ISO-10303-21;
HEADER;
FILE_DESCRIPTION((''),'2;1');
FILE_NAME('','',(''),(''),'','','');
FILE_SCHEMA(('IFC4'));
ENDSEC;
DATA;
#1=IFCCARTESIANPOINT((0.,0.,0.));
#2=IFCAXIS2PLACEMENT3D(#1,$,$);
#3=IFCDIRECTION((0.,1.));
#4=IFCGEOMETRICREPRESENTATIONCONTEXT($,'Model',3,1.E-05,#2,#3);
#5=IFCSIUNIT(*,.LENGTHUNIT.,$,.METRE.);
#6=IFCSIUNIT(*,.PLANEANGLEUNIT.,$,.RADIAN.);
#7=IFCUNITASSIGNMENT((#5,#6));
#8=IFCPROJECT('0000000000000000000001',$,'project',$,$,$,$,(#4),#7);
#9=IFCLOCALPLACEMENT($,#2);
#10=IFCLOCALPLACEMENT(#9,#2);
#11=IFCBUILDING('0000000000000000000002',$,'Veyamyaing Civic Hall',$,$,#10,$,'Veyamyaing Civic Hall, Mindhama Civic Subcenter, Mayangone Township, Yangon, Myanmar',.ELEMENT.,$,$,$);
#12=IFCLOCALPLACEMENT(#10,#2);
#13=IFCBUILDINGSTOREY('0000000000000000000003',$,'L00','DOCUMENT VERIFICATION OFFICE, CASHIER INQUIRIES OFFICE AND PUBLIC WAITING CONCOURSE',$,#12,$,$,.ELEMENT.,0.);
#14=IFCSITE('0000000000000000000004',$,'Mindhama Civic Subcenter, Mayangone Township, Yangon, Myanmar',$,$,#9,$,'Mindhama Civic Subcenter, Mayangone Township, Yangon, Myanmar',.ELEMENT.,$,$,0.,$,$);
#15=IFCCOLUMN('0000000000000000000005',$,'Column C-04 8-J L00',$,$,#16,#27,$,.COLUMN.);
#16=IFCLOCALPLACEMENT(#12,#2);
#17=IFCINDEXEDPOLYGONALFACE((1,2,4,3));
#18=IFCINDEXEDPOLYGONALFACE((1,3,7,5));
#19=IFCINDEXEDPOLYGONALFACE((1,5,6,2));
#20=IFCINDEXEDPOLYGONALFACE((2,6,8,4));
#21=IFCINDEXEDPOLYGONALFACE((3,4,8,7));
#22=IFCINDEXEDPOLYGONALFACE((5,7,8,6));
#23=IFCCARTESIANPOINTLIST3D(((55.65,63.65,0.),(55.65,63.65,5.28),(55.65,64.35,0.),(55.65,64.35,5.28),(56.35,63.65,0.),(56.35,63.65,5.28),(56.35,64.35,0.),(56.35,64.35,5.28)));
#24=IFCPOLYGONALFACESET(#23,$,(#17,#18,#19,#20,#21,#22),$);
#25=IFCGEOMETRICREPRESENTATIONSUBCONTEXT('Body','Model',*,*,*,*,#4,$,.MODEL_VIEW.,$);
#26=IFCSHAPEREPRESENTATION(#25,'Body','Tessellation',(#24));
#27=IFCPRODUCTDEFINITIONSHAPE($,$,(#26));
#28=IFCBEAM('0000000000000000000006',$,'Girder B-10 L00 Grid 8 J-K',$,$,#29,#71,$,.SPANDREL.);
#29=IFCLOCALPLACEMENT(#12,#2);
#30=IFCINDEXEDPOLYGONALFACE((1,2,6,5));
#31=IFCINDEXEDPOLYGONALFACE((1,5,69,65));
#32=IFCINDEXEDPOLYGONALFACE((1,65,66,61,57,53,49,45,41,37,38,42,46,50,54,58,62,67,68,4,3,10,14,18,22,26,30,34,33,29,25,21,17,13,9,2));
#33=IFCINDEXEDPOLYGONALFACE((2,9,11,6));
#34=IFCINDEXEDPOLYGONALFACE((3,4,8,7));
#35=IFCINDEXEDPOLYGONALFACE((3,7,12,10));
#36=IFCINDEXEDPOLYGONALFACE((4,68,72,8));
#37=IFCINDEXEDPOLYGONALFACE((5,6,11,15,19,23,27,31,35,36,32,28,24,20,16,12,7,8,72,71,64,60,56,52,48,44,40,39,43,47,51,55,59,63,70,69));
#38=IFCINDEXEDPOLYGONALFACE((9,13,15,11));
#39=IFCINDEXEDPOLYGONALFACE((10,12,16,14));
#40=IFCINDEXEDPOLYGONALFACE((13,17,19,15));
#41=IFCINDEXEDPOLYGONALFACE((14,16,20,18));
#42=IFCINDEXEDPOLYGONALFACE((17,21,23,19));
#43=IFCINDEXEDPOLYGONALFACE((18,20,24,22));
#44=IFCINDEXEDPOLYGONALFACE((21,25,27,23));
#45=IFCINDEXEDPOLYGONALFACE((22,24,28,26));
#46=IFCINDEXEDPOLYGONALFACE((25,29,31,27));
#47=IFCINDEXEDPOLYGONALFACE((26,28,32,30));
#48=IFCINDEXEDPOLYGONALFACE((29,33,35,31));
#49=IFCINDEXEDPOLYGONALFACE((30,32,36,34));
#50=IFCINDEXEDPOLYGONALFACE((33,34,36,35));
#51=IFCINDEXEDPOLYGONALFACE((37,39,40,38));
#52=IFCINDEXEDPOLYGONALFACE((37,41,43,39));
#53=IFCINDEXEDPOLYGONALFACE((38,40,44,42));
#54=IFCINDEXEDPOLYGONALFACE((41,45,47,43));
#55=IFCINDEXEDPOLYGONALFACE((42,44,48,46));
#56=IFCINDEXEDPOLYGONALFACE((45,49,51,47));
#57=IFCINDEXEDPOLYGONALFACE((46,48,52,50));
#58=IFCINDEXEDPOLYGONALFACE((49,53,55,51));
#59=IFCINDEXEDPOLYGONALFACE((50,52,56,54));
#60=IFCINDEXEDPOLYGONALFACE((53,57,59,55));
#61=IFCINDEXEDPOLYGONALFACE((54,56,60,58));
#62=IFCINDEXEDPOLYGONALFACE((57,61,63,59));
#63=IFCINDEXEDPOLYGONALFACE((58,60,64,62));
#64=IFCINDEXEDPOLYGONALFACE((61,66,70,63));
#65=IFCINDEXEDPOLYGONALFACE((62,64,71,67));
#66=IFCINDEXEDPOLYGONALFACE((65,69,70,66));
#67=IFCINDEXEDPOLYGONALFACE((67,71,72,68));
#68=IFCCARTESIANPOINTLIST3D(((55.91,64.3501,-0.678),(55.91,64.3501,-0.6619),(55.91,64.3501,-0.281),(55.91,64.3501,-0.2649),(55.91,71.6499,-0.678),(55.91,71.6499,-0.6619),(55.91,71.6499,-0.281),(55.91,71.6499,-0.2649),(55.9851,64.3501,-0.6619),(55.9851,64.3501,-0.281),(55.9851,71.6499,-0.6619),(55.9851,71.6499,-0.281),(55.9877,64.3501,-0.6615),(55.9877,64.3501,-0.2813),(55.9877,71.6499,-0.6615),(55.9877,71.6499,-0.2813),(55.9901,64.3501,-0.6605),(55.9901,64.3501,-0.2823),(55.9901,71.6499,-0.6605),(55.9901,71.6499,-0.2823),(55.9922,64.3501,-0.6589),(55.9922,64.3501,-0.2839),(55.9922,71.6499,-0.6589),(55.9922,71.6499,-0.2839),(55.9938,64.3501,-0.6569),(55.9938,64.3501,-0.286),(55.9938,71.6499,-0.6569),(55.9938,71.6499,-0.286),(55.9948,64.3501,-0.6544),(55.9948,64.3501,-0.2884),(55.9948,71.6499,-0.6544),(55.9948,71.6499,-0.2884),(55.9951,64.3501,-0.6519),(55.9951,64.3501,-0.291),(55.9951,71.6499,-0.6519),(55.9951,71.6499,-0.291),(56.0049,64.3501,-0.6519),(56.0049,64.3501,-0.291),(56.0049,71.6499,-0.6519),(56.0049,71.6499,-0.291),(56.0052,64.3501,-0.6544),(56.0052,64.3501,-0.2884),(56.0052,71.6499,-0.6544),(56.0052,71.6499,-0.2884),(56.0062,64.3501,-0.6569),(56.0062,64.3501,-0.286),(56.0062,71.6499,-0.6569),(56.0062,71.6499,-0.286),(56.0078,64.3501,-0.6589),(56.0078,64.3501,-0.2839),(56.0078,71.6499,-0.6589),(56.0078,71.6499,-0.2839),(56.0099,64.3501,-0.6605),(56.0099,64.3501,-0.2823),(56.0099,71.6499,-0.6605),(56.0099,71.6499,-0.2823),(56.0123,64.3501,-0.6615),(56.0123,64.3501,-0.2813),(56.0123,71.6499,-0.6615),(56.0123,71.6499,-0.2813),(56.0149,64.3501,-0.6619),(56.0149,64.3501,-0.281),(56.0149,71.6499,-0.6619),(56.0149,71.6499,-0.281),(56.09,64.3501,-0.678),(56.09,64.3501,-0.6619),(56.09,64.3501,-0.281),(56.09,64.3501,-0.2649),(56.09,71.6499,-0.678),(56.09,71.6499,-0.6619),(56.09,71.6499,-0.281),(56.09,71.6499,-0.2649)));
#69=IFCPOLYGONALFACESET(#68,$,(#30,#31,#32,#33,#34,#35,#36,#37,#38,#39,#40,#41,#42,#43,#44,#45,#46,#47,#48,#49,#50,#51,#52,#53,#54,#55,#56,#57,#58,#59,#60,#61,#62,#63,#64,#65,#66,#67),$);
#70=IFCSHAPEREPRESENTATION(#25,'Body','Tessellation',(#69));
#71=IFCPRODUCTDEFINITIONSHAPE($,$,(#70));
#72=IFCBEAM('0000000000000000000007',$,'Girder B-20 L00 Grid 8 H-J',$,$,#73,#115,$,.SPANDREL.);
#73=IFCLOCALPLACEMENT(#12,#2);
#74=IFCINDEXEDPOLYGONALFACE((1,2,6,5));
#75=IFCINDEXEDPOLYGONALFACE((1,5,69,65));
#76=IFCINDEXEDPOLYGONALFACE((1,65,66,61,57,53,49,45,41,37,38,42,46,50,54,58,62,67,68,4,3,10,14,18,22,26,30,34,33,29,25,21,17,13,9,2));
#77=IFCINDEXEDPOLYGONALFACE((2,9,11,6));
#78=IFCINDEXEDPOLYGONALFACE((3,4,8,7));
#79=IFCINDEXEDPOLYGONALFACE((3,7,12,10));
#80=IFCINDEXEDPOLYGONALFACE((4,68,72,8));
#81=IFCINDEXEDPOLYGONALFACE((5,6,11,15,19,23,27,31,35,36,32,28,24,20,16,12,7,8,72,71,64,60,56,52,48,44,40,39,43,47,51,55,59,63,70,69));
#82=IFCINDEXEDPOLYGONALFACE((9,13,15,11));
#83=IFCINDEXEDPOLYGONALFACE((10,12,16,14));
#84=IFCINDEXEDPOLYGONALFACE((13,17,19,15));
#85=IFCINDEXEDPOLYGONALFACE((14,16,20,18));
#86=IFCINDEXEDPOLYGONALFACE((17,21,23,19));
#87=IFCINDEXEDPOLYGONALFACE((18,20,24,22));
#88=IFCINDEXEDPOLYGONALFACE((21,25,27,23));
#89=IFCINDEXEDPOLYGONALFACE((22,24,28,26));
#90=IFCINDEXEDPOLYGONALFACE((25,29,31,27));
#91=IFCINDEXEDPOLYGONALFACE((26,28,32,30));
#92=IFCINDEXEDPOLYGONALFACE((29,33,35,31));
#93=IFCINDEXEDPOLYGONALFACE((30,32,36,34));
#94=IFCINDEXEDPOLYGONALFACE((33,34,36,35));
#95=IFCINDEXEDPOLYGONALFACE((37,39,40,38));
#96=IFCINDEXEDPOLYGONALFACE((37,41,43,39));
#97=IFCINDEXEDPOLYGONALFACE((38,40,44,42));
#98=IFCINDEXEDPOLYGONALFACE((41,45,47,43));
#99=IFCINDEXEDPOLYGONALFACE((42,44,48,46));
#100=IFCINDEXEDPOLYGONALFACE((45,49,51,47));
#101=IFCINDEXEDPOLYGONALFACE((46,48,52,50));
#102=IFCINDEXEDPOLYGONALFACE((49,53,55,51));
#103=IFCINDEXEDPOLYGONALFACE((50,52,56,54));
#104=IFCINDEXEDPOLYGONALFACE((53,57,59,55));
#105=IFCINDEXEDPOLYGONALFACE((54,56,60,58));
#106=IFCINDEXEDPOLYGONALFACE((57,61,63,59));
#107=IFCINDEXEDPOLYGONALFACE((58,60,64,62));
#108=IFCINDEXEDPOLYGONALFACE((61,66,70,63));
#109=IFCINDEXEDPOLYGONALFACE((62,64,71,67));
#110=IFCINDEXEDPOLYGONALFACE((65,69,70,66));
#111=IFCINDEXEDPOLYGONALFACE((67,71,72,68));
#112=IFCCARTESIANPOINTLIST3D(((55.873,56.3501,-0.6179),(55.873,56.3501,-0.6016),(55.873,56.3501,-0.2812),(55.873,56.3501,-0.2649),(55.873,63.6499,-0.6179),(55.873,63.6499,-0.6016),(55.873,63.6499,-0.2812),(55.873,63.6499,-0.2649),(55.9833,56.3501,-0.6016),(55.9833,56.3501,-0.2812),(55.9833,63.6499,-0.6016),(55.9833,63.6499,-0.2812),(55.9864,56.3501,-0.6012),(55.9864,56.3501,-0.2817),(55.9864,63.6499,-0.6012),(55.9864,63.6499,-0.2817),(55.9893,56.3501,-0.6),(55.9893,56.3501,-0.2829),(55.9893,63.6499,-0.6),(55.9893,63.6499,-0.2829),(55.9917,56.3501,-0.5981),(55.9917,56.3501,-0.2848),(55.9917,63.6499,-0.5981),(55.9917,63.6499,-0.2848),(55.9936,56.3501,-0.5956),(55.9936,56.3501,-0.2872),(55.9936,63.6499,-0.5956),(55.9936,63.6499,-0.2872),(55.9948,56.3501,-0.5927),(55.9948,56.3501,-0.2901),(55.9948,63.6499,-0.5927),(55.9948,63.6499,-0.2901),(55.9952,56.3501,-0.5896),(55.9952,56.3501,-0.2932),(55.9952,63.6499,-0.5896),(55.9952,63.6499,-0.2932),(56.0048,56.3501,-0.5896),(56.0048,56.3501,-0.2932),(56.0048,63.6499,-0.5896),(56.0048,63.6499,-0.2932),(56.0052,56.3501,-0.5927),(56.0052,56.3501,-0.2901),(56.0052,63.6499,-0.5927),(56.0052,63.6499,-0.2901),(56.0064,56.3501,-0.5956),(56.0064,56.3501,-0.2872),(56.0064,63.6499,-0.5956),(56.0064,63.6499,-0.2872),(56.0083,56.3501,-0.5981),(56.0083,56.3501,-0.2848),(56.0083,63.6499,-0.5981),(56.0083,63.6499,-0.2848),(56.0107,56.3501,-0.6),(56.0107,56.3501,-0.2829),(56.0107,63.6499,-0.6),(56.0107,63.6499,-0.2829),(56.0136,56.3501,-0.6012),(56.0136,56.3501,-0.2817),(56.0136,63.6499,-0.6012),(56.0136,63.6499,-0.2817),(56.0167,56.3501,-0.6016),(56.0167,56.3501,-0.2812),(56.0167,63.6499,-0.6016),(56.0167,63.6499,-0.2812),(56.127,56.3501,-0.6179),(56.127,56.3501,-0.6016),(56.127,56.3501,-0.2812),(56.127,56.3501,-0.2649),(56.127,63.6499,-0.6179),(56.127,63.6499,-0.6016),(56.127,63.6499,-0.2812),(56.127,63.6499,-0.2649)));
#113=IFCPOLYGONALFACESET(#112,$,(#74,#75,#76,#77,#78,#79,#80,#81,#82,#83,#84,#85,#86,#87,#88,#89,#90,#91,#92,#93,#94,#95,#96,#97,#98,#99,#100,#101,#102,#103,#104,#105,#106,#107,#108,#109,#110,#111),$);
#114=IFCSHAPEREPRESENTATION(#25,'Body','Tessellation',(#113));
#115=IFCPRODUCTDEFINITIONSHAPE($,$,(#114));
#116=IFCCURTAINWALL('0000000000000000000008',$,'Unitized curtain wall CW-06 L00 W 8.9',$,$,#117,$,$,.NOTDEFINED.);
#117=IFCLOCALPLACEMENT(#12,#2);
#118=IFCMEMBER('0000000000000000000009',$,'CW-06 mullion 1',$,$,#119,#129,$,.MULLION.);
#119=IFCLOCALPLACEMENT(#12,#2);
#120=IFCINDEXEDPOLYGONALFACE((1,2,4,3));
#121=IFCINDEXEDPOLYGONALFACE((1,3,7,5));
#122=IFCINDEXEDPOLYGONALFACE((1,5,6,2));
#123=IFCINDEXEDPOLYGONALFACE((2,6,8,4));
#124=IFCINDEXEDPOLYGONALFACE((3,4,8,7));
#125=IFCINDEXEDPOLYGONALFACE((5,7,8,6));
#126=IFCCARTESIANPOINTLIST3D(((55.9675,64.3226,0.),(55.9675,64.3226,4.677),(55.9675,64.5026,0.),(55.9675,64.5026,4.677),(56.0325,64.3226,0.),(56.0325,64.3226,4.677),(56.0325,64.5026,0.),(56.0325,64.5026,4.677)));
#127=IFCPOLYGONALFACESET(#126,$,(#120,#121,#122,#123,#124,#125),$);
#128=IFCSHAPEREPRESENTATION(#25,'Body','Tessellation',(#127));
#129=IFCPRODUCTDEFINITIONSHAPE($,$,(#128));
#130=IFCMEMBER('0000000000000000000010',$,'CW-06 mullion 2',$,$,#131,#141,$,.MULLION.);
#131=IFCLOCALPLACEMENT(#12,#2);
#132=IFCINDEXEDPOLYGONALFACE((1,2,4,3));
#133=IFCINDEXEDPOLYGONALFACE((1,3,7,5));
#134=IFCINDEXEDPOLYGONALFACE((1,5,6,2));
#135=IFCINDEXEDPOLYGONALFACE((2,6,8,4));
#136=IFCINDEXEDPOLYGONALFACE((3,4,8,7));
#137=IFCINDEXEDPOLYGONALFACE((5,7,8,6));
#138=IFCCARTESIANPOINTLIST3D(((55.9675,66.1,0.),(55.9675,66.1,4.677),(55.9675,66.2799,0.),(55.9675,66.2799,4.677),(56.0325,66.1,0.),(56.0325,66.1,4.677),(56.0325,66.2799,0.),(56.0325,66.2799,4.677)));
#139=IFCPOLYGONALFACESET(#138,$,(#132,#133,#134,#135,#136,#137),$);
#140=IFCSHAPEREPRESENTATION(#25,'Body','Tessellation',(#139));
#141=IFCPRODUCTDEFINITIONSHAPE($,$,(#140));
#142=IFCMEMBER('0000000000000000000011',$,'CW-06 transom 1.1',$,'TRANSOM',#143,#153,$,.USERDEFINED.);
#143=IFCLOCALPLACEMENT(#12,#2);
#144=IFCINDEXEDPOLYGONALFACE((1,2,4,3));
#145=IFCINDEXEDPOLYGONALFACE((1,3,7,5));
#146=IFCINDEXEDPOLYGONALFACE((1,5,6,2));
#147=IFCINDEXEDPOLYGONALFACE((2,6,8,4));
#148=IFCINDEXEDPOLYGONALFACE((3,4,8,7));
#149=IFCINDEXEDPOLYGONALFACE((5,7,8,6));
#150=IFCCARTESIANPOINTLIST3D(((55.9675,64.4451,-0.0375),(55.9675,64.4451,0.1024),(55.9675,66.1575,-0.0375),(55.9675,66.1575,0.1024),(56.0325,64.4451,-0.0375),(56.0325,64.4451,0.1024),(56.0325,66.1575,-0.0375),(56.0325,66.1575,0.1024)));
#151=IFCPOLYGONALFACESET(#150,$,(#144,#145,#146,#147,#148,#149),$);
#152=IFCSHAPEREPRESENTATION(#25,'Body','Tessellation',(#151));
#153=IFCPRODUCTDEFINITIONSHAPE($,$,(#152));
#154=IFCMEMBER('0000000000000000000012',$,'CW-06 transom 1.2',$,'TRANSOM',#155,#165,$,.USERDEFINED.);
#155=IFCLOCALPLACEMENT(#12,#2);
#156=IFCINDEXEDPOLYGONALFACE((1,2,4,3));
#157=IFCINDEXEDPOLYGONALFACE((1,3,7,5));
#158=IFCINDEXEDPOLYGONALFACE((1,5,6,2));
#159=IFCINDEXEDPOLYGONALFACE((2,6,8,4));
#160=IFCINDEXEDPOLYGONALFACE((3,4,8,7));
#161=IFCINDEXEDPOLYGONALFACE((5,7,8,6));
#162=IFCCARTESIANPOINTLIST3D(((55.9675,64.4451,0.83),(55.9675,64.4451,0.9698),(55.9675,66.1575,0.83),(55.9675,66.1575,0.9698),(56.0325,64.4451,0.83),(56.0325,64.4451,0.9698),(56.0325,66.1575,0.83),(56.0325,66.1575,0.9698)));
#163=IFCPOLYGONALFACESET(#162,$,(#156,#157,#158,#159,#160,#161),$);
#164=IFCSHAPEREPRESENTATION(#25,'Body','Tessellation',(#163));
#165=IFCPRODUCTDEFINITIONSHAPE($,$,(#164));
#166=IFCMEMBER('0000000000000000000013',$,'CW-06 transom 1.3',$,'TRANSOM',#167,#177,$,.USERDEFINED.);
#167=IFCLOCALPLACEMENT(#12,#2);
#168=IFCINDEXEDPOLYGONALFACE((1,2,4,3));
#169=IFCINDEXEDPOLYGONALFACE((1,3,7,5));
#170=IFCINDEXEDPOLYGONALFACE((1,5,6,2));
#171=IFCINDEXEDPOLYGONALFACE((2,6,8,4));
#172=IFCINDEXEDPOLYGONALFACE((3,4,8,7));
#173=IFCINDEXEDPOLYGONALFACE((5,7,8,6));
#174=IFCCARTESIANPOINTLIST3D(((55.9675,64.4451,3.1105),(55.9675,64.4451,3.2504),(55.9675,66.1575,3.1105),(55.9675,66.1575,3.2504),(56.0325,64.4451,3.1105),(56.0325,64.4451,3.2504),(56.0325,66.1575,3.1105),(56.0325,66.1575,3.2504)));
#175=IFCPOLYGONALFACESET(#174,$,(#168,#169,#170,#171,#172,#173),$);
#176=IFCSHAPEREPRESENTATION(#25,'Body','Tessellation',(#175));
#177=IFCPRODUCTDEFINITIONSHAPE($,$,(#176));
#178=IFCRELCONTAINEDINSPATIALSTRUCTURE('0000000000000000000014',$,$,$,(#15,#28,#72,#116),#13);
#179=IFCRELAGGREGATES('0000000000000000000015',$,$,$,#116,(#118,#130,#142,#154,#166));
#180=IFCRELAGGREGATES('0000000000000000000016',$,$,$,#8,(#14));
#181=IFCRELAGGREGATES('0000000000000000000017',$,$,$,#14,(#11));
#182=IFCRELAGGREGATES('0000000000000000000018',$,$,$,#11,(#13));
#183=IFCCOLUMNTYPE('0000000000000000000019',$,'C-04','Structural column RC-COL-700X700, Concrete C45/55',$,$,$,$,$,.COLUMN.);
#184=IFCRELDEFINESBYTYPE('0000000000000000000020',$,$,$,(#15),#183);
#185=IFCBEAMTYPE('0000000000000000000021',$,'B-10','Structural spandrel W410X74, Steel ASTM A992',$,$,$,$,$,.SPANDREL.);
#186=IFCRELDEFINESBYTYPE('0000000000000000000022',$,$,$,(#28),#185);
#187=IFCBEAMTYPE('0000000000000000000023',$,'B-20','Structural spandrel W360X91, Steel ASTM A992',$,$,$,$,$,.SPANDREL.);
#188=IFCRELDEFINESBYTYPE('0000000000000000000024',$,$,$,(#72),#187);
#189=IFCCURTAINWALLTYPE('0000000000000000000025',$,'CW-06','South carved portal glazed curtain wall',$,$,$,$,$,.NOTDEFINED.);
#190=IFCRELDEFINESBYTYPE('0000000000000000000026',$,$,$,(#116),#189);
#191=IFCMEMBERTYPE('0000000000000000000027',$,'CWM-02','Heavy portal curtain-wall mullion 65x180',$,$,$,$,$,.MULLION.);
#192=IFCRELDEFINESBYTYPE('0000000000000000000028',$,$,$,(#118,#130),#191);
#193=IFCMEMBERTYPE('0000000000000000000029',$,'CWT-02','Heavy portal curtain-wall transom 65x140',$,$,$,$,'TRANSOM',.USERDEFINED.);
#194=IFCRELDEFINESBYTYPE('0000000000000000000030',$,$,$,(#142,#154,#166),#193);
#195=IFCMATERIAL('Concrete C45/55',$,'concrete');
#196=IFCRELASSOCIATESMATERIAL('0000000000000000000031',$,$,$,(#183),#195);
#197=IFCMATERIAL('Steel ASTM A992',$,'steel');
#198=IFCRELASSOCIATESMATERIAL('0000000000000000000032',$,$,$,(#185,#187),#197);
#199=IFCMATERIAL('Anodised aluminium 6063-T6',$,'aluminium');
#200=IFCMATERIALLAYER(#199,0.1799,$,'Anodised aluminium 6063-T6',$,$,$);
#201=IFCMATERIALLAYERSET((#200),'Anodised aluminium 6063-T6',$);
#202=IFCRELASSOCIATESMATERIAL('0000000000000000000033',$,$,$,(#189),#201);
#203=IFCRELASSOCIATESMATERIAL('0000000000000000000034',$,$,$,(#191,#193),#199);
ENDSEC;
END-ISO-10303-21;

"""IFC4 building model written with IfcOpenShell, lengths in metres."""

from ifc_helpers import new_model, si_unit, direction, frame, origin, origin_2d, place, context, subcontext, project, spatial, rectangle, i_section, extrude, material, layer, layer_set, material_profile, profile_set, type_object, element, aggregate, save


model = new_model("IFC4")

# Units and contexts
model_context = context("Model", 3, precision=1e-05, world=origin(), true_north=direction((0.0, 1.0)))
body_context = subcontext(model_context, "Body", "Model", "MODEL_VIEW")
ifc_project = project(units=[si_unit("LENGTHUNIT", "METRE"), si_unit("PLANEANGLEUNIT", "RADIAN")], contexts=[model_context])

# Site, building, storey
site_placement = place(None, origin())
site = spatial("IfcSite", under=ifc_project, at=site_placement, Name="Mindhama Civic Subcenter, Mayangone Township, Yangon, Myanmar", LongName="Mindhama Civic Subcenter, Mayangone Township, Yangon, Myanmar", CompositionType="ELEMENT", RefElevation=0.0)
building_placement = place(site_placement, origin())
building = spatial("IfcBuilding", under=site, at=building_placement, Name="Veyamyaing Civic Hall", LongName="Veyamyaing Civic Hall, Mindhama Civic Subcenter, Mayangone Township, Yangon, Myanmar", CompositionType="ELEMENT")
storey_placement = place(building_placement, origin())
storey = spatial("IfcBuildingStorey", under=building, at=storey_placement, Name="L00", Description="DOCUMENT VERIFICATION OFFICE, CASHIER INQUIRIES OFFICE AND PUBLIC WAITING CONCOURSE", CompositionType="ELEMENT", Elevation=0.0)

# Column
ifc_material_1 = material(Name="Concrete C45/55", Category="concrete")
ifc_material_profile_1 = material_profile(ifc_material_1, rectangle(XDim=0.7, YDim=0.7, at=origin_2d()), Name="RC-COL-700X700")
ifc_profile_set_1 = profile_set([ifc_material_profile_1], Name="Concrete C45/55")
column_type = type_object("IfcColumnType", Name="C-04", Description="Structural column RC-COL-700X700, Concrete C45/55", PredefinedType="COLUMN", material=ifc_profile_set_1)
column_placement = place(storey_placement, frame((56.0, 64.0, 0.0), z_axis=(0.0, 0.0, 1.0), x_axis=(1.0, 0.0, 0.0)))
element("IfcColumn", 1, at=column_placement, inside=storey, type_object=column_type, Name="Column C-04 8-J L00", PredefinedType="COLUMN", context=body_context, shape_type="SweptSolid", body=[
    extrude(rectangle(XDim=0.7, YDim=0.7, at=origin_2d()), origin(), (0.0, 0.0, 1.0), 5.28),
])

# Beams
ifc_material_2 = material(Name="Steel ASTM A992", Category="steel")
ifc_material_profile_2 = material_profile(ifc_material_2, i_section(OverallWidth=0.1799, OverallDepth=0.4131, WebThickness=0.0098, FlangeThickness=0.0161, FilletRadius=0.01, at=origin_2d()), Name="W410X74")
ifc_profile_set_2 = profile_set([ifc_material_profile_2], Name="Steel ASTM A992")
beam_type_1 = type_object("IfcBeamType", Name="B-10", Description="Structural spandrel W410X74, Steel ASTM A992", PredefinedType="SPANDREL", material=ifc_profile_set_2)
beam_1_placement = place(storey_placement, frame((56.0, 64.3501, -0.4714), z_axis=(0.0, 1.0, 0.0), x_axis=(-1.0, 0.0, 0.0)))
element("IfcBeam", 2, at=beam_1_placement, inside=storey, type_object=beam_type_1, Name="Girder B-10 L00 Grid 8 J-K", PredefinedType="SPANDREL", context=body_context, shape_type="SweptSolid", body=[
    extrude(i_section(OverallWidth=0.1799, OverallDepth=0.4131, WebThickness=0.0098, FlangeThickness=0.0161, FilletRadius=0.01, at=origin_2d()), origin(), (0.0, 0.0, 1.0), 7.2998),
])
ifc_material_profile_3 = material_profile(ifc_material_2, i_section(OverallWidth=0.2539, OverallDepth=0.353, WebThickness=0.0095, FlangeThickness=0.0164, FilletRadius=0.012, at=origin_2d()), Name="W360X91")
ifc_profile_set_3 = profile_set([ifc_material_profile_3], Name="Steel ASTM A992")
beam_type_2 = type_object("IfcBeamType", Name="B-20", Description="Structural spandrel W360X91, Steel ASTM A992", PredefinedType="SPANDREL", material=ifc_profile_set_3)
beam_2_placement = place(storey_placement, frame((56.0, 56.3501, -0.4414), z_axis=(0.0, 1.0, 0.0), x_axis=(-1.0, 0.0, 0.0)))
element("IfcBeam", 3, at=beam_2_placement, inside=storey, type_object=beam_type_2, Name="Girder B-20 L00 Grid 8 H-J", PredefinedType="SPANDREL", context=body_context, shape_type="SweptSolid", body=[
    extrude(i_section(OverallWidth=0.2539, OverallDepth=0.353, WebThickness=0.0095, FlangeThickness=0.0164, FilletRadius=0.012, at=origin_2d()), origin(), (0.0, 0.0, 1.0), 7.2998),
])

# Curtain wall, members
ifc_material_3 = material(Name="Anodised aluminium 6063-T6", Category="aluminium")
ifc_layer_1 = layer(ifc_material_3, 0.1799, Name="Anodised aluminium 6063-T6")
ifc_layer_set_1 = layer_set([ifc_layer_1], Name="Anodised aluminium 6063-T6")
curtain_wall_type = type_object("IfcCurtainWallType", Name="CW-06", Description="South carved portal glazed curtain wall", PredefinedType="NOTDEFINED", material=ifc_layer_set_1)
curtain_wall_placement = place(storey_placement, origin())
curtain_wall = element("IfcCurtainWall", 4, at=curtain_wall_placement, inside=storey, type_object=curtain_wall_type, Name="Unitized curtain wall CW-06 L00 W 8.9", PredefinedType="NOTDEFINED")
ifc_material_profile_4 = material_profile(ifc_material_3, rectangle(XDim=0.0649, YDim=0.1799, at=origin_2d()), Name="ALU-MUL-65X180")
ifc_profile_set_4 = profile_set([ifc_material_profile_4], Name="Anodised aluminium 6063-T6")
member_type_1 = type_object("IfcMemberType", Name="CWM-02", Description="Heavy portal curtain-wall mullion 65x180", PredefinedType="MULLION", material=ifc_profile_set_4)
member_1_placement = place(storey_placement, frame((56.0, 64.4126, 0.0), z_axis=(0.0, 0.0, 1.0), x_axis=(-1.0, 0.0, 0.0)))
member_1 = element("IfcMember", 5, at=member_1_placement, type_object=member_type_1, Name="CW-06 mullion 1", PredefinedType="MULLION", context=body_context, shape_type="SweptSolid", body=[
    extrude(rectangle(XDim=0.0649, YDim=0.1799, at=origin_2d()), origin(), (0.0, 0.0, 1.0), 4.677),
])
member_2_placement = place(storey_placement, frame((56.0, 66.1899, 0.0), z_axis=(0.0, 0.0, 1.0), x_axis=(-1.0, 0.0, 0.0)))
member_2 = element("IfcMember", 6, at=member_2_placement, type_object=member_type_1, Name="CW-06 mullion 2", PredefinedType="MULLION", context=body_context, shape_type="SweptSolid", body=[
    extrude(rectangle(XDim=0.0649, YDim=0.1799, at=origin_2d()), origin(), (0.0, 0.0, 1.0), 4.677),
])
ifc_material_profile_5 = material_profile(ifc_material_3, rectangle(XDim=0.0649, YDim=0.1399, at=origin_2d()), Name="ALU-TRN-65X140")
ifc_profile_set_5 = profile_set([ifc_material_profile_5], Name="Anodised aluminium 6063-T6")
member_type_2 = type_object("IfcMemberType", Name="CWT-02", Description="Heavy portal curtain-wall transom 65x140", ElementType="TRANSOM", PredefinedType="USERDEFINED", material=ifc_profile_set_5)
member_3_placement = place(storey_placement, frame((56.0, 64.4451, 0.0325), z_axis=(0.0, 1.0, 0.0), x_axis=(-1.0, 0.0, 0.0)))
member_3 = element("IfcMember", 7, at=member_3_placement, type_object=member_type_2, Name="CW-06 transom 1.1", ObjectType="TRANSOM", PredefinedType="USERDEFINED", context=body_context, shape_type="SweptSolid", body=[
    extrude(rectangle(XDim=0.0649, YDim=0.1399, at=origin_2d()), origin(), (0.0, 0.0, 1.0), 1.7124),
])
member_4_placement = place(storey_placement, frame((56.0, 64.4451, 0.8999), z_axis=(0.0, 1.0, 0.0), x_axis=(-1.0, 0.0, 0.0)))
member_4 = element("IfcMember", 8, at=member_4_placement, type_object=member_type_2, Name="CW-06 transom 1.2", ObjectType="TRANSOM", PredefinedType="USERDEFINED", context=body_context, shape_type="SweptSolid", body=[
    extrude(rectangle(XDim=0.0649, YDim=0.1399, at=origin_2d()), origin(), (0.0, 0.0, 1.0), 1.7124),
])
member_5_placement = place(storey_placement, frame((56.0, 64.4451, 3.1804), z_axis=(0.0, 1.0, 0.0), x_axis=(-1.0, 0.0, 0.0)))
member_5 = element("IfcMember", 9, at=member_5_placement, type_object=member_type_2, Name="CW-06 transom 1.3", ObjectType="TRANSOM", PredefinedType="USERDEFINED", context=body_context, shape_type="SweptSolid", body=[
    extrude(rectangle(XDim=0.0649, YDim=0.1399, at=origin_2d()), origin(), (0.0, 0.0, 1.0), 1.7124),
])
aggregate(curtain_wall, [member_1, member_2, member_3, member_4, member_5])

save(model, "model.ifc")
